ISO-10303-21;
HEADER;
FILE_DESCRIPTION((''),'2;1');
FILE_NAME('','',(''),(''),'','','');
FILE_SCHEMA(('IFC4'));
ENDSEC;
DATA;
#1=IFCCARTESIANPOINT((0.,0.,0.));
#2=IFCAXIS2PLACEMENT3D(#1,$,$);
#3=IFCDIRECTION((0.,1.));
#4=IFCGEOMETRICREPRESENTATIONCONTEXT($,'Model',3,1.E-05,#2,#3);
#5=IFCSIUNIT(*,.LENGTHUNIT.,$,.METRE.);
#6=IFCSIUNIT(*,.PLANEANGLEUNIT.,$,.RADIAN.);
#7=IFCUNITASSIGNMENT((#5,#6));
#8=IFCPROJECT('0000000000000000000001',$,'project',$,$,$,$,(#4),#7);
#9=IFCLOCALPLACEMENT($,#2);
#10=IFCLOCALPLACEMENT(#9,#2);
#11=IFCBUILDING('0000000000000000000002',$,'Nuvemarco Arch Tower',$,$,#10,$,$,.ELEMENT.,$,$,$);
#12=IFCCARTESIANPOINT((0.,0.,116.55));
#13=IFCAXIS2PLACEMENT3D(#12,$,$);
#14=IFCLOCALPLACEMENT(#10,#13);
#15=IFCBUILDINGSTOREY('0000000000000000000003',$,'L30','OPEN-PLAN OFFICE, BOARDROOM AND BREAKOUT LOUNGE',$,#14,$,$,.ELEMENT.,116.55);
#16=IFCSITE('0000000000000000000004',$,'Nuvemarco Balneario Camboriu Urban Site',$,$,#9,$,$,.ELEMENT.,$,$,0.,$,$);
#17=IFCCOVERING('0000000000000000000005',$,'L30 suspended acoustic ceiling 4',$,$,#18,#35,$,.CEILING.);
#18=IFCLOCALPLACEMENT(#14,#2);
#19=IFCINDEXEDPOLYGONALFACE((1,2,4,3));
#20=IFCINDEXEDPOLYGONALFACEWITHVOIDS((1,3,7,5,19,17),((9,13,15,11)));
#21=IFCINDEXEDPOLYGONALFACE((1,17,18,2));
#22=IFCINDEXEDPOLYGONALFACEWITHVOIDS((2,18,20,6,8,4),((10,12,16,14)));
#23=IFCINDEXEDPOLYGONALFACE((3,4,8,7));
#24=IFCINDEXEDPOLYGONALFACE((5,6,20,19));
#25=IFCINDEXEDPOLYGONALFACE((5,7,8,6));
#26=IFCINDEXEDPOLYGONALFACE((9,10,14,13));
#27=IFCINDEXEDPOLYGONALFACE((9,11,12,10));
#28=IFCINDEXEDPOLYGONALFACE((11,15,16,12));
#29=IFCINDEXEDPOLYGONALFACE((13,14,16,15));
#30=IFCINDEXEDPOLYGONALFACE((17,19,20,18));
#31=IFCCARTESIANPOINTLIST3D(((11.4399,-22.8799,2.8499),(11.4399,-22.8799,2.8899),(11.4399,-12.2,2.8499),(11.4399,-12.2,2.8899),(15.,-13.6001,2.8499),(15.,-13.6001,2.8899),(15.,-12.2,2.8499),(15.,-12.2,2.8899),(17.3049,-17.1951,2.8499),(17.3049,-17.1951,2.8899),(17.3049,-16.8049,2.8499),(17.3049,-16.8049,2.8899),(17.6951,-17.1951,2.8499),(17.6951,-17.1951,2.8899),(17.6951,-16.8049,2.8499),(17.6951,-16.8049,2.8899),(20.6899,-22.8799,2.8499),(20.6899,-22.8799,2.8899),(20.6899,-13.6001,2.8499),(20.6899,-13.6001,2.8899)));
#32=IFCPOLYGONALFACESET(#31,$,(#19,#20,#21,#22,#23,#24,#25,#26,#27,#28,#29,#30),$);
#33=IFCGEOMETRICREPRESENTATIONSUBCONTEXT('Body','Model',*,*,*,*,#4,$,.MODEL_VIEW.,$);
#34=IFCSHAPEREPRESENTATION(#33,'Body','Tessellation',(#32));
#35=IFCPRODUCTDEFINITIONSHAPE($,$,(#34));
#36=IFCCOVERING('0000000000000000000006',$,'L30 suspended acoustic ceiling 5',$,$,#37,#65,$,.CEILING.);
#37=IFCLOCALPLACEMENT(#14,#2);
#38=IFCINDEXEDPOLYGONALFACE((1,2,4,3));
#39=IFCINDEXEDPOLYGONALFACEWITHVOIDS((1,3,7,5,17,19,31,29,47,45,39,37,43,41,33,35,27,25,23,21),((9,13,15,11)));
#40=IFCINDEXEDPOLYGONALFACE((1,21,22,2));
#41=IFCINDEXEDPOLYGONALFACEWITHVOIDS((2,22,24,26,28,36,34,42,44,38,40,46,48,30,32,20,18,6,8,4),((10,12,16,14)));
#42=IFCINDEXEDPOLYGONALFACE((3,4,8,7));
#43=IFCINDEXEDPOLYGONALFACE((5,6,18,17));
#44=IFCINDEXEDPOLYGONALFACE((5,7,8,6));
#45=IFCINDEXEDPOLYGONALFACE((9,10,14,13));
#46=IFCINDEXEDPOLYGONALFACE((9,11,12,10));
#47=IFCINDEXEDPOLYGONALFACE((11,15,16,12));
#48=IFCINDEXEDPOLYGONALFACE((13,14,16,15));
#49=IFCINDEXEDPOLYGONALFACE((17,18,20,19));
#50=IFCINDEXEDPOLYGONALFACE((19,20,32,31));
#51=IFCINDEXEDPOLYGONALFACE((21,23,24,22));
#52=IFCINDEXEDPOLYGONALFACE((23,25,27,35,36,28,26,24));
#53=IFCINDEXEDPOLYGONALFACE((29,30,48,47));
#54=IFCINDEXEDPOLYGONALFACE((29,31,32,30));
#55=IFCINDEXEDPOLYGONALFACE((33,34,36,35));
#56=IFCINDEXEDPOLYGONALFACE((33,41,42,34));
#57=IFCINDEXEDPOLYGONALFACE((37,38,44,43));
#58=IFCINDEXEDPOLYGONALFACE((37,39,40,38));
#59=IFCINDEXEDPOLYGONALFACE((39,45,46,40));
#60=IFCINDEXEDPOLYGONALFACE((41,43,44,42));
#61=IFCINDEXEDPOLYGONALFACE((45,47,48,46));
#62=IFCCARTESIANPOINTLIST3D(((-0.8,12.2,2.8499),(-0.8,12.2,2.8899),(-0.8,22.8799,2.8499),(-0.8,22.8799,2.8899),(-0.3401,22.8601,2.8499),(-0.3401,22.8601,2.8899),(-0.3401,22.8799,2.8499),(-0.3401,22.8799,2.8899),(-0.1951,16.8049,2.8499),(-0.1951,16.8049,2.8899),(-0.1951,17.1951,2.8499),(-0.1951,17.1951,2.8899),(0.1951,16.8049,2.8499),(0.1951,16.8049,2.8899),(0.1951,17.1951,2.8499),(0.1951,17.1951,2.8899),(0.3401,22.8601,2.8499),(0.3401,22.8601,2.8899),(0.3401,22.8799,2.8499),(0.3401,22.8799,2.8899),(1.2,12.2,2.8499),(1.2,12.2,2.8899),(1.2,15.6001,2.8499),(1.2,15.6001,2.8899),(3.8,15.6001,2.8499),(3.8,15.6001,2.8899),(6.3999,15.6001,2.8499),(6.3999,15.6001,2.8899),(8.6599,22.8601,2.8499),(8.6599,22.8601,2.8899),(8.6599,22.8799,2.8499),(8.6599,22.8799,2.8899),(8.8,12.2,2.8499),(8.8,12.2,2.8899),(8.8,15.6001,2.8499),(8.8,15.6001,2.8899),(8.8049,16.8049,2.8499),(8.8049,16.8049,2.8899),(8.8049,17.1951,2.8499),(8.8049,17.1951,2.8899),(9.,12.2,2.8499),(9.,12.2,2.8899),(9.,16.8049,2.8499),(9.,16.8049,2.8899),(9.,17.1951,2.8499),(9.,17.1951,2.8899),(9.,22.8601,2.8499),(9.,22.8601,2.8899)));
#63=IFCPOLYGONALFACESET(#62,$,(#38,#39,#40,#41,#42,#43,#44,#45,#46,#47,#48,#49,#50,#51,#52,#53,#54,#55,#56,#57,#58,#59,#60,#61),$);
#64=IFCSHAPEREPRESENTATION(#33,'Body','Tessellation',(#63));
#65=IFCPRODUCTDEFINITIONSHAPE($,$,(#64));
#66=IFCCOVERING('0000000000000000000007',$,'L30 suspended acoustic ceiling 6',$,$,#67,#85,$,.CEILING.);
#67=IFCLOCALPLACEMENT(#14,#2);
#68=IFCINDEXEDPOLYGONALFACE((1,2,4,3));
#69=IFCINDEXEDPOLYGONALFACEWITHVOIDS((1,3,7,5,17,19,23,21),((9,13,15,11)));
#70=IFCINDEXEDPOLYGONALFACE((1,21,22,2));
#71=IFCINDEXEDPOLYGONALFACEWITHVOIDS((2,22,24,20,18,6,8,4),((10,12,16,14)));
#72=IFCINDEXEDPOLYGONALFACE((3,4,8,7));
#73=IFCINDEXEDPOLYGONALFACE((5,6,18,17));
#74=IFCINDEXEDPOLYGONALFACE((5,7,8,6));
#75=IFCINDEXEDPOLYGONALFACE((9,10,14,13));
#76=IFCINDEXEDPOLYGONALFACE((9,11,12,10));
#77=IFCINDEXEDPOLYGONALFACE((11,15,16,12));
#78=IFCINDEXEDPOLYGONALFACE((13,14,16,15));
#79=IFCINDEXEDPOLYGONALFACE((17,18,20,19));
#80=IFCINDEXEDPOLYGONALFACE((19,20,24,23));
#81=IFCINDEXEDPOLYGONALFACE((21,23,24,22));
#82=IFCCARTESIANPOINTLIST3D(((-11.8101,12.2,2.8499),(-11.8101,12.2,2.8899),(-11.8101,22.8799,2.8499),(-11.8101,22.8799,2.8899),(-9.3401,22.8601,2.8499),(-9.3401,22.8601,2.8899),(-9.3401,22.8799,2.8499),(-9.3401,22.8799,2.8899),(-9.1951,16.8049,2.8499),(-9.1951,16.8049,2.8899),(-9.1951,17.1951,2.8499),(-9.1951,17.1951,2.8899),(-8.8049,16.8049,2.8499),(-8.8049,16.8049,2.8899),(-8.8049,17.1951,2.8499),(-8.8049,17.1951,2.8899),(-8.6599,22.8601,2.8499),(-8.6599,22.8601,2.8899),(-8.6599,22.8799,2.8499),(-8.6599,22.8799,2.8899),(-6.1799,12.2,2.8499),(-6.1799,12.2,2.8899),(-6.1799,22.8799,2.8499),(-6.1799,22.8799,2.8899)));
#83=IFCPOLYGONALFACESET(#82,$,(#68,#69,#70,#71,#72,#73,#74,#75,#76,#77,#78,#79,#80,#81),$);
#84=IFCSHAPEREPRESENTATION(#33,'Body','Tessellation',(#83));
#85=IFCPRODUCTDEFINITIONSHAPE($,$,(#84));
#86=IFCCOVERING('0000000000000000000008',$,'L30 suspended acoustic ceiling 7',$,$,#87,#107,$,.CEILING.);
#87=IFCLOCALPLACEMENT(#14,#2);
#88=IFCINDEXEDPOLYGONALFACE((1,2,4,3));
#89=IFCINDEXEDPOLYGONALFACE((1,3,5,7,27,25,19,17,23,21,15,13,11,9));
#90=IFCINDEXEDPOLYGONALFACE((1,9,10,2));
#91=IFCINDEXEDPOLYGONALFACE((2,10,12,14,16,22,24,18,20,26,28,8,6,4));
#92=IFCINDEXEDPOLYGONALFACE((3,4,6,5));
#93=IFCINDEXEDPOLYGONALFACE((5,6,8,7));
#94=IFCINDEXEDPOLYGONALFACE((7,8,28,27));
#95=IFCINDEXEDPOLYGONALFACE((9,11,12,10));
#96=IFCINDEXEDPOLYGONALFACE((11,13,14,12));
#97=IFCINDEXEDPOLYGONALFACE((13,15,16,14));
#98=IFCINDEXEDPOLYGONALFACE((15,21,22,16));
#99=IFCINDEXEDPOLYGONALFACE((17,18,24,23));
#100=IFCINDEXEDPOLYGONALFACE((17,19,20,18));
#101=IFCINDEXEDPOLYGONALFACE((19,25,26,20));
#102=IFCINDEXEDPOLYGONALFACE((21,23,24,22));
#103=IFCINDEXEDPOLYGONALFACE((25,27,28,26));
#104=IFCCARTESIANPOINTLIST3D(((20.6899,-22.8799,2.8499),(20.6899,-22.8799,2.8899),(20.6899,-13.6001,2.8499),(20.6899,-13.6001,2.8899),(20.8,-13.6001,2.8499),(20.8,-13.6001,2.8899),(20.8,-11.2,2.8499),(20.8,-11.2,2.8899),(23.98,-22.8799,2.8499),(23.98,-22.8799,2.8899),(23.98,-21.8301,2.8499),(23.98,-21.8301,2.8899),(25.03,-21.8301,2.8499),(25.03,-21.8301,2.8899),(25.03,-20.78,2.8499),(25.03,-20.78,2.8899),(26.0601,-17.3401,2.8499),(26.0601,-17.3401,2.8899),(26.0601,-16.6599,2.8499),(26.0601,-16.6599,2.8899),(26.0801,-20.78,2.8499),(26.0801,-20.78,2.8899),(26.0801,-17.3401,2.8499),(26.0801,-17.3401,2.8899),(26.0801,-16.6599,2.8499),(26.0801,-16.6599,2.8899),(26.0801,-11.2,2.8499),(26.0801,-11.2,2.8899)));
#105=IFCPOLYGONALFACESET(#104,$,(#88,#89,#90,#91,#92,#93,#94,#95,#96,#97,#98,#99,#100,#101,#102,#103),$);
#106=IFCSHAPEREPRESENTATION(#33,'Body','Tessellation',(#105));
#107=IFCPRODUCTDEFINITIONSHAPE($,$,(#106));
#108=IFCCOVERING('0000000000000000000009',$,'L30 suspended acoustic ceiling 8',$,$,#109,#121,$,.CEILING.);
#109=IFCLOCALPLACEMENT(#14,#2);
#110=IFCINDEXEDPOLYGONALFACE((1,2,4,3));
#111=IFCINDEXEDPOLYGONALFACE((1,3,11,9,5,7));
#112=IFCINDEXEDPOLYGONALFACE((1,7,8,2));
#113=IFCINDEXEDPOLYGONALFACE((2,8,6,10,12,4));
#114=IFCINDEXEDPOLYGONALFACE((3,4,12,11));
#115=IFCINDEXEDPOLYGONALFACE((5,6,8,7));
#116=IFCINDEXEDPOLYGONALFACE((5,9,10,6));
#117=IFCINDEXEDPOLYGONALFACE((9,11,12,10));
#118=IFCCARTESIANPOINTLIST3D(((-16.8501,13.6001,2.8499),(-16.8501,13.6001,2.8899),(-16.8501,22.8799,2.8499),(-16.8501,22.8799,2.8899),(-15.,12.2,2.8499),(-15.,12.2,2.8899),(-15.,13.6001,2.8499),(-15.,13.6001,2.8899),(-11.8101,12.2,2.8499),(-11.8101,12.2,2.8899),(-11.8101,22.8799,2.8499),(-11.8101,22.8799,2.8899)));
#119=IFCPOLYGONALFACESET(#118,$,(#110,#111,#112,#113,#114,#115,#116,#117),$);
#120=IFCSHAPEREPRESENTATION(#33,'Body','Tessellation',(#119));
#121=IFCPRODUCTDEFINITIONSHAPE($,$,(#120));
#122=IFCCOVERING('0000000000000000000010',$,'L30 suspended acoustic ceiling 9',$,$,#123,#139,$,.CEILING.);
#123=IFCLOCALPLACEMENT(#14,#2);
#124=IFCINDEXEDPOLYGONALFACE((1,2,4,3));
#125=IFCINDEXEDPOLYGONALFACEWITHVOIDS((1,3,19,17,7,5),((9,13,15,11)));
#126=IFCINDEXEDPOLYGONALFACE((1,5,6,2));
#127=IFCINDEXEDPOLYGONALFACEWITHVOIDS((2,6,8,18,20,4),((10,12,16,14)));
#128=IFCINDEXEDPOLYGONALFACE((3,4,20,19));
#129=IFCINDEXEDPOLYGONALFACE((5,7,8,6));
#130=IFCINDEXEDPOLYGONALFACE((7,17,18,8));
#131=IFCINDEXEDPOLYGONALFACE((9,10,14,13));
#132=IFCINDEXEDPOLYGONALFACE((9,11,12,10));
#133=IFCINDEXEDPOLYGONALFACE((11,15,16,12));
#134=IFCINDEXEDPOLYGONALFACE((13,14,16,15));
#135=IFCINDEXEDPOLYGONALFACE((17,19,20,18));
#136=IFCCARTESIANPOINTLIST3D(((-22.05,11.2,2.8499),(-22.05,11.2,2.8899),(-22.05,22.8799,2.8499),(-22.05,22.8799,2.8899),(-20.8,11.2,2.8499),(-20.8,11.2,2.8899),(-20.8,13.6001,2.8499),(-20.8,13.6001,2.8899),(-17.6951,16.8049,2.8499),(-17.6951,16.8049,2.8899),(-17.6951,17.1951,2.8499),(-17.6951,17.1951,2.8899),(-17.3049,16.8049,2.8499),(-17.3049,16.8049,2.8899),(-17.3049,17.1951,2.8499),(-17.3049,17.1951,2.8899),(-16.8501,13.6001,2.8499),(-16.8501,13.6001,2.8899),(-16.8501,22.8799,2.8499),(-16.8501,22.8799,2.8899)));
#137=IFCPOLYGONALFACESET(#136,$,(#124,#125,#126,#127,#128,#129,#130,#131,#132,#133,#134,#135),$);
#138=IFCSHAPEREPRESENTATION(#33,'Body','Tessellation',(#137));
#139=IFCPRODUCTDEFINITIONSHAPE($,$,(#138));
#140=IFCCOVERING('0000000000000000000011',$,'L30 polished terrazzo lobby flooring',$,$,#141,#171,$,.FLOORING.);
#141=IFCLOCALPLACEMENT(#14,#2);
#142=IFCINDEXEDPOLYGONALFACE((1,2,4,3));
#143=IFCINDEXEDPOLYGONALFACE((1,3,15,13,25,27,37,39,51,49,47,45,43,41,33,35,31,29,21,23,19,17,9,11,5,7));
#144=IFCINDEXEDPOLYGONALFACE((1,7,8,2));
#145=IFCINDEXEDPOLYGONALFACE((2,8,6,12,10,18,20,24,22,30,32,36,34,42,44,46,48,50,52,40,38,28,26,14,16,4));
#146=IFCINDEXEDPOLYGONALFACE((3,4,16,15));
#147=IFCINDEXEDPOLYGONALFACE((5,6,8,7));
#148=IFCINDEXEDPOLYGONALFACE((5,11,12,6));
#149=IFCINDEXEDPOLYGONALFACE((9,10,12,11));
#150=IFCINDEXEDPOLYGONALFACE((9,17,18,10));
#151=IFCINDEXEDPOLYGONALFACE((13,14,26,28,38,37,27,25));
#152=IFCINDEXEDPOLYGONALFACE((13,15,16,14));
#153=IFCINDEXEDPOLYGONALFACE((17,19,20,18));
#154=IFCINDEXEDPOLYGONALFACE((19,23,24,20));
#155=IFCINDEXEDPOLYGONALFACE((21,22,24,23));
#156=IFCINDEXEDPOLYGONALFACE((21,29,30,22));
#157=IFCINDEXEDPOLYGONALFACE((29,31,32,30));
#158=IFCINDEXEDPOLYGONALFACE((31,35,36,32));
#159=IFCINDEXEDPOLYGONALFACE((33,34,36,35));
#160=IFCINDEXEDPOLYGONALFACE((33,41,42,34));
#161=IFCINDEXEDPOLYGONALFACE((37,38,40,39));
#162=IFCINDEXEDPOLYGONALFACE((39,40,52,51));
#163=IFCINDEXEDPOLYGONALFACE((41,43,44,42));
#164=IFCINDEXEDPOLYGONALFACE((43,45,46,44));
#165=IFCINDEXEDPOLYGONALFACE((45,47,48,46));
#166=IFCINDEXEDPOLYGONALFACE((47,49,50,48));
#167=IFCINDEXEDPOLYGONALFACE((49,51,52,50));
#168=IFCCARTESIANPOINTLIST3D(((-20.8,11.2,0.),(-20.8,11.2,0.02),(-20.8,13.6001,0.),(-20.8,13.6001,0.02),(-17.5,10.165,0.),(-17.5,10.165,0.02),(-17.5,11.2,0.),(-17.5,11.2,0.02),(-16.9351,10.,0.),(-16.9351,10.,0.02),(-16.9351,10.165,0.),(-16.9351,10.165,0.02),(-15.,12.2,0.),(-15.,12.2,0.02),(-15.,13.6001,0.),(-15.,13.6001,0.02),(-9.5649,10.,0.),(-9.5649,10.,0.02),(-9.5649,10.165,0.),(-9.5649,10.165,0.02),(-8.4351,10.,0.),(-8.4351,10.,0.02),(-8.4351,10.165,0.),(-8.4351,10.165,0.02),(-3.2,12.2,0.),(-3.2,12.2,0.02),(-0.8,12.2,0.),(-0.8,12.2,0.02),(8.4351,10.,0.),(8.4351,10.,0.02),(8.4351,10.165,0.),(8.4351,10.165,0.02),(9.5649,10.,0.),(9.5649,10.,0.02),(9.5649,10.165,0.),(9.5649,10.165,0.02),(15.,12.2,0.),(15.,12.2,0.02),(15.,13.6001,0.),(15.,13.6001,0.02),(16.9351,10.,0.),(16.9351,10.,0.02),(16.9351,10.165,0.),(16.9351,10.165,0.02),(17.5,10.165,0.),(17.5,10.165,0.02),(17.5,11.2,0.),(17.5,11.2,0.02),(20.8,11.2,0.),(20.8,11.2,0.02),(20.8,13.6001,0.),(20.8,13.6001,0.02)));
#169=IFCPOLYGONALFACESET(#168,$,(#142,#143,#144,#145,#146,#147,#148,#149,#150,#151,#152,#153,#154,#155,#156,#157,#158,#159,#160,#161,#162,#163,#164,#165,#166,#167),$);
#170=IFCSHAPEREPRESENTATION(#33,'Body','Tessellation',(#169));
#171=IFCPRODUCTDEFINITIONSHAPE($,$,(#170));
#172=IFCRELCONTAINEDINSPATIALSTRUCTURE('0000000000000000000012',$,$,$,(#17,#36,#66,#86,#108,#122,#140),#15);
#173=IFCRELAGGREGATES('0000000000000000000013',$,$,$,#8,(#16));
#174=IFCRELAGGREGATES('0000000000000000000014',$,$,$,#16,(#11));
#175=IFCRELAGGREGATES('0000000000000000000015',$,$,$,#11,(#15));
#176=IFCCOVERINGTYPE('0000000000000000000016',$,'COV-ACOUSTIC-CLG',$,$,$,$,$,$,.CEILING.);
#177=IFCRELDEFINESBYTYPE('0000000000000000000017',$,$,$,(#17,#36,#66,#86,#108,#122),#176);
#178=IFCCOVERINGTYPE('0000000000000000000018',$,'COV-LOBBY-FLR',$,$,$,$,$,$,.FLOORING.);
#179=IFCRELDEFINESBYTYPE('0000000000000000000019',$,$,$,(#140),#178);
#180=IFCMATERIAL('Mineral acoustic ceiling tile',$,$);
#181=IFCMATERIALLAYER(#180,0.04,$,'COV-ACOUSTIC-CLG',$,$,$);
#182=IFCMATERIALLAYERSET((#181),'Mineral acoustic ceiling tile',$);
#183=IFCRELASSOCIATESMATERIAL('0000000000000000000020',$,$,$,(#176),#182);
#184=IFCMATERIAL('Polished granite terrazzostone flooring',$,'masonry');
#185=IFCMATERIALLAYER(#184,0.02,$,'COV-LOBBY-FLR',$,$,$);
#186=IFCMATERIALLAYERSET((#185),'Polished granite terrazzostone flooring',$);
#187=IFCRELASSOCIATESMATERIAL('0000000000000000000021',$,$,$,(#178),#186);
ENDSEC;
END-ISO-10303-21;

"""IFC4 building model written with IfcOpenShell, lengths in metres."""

from ifc_helpers import new_model, si_unit, direction, frame, origin, place, context, subcontext, project, spatial, polyline, outline, extrude, material, layer, layer_set, type_object, element, save


model = new_model("IFC4")

# Units and contexts
model_context = context("Model", 3, precision=1e-05, world=origin(), true_north=direction((0.0, 1.0)))
body_context = subcontext(model_context, "Body", "Model", "MODEL_VIEW")
ifc_project = project(units=[si_unit("LENGTHUNIT", "METRE"), si_unit("PLANEANGLEUNIT", "RADIAN")], contexts=[model_context])

# Site, building, storey
site_placement = place(None, origin())
site = spatial("IfcSite", under=ifc_project, at=site_placement, Name="Nuvemarco Balneario Camboriu Urban Site", CompositionType="ELEMENT", RefElevation=0.0)
building_placement = place(site_placement, origin())
building = spatial("IfcBuilding", under=site, at=building_placement, Name="Nuvemarco Arch Tower", CompositionType="ELEMENT")
storey_placement = place(building_placement, frame((0.0, 0.0, 116.55)))
storey = spatial("IfcBuildingStorey", under=building, at=storey_placement, Name="L30", Description="OPEN-PLAN OFFICE, BOARDROOM AND BREAKOUT LOUNGE", CompositionType="ELEMENT", Elevation=116.55)

# Coverings
ifc_material_1 = material(Name="Mineral acoustic ceiling tile")
ifc_layer_1 = layer(ifc_material_1, 0.04, Name="COV-ACOUSTIC-CLG")
ifc_layer_set_1 = layer_set([ifc_layer_1], Name="Mineral acoustic ceiling tile")
covering_type_1 = type_object("IfcCoveringType", Name="COV-ACOUSTIC-CLG", PredefinedType="CEILING", material=ifc_layer_set_1)
covering_1_placement = place(storey_placement, frame((0.0, 0.0, 2.8499)))
element("IfcCovering", 1, at=covering_1_placement, inside=storey, type_object=covering_type_1, Name="L30 suspended acoustic ceiling 4", PredefinedType="CEILING", context=body_context, shape_type="SweptSolid", body=[
    extrude(outline(polyline([(20.6899, -13.6001), (20.6899, -22.8799), (11.4399, -22.8799), (11.4399, -12.2), (15.0, -12.2), (15.0, -13.6001), (20.6899, -13.6001)]), holes=[polyline([(17.6951, -17.1951), (17.6951, -16.8049), (17.3049, -16.8049), (17.3049, -17.1951), (17.6951, -17.1951)])]), origin(), (0.0, 0.0, 1.0), 0.04),
])
covering_2_placement = place(storey_placement, frame((0.0, 0.0, 2.8499)))
element("IfcCovering", 2, at=covering_2_placement, inside=storey, type_object=covering_type_1, Name="L30 suspended acoustic ceiling 5", PredefinedType="CEILING", context=body_context, shape_type="SweptSolid", body=[
    extrude(outline(polyline([(1.2, 15.6001), (1.2, 12.2), (-0.8, 12.2), (-0.8, 22.8799), (-0.3401, 22.8799), (-0.3401, 22.8601), (0.3401, 22.8601), (0.3401, 22.8799), (8.6599, 22.8799), (8.6599, 22.8601), (9.0, 22.8601), (9.0, 17.1951), (8.8049, 17.1951), (8.8049, 16.8049), (9.0, 16.8049), (9.0, 12.2), (8.8, 12.2), (8.8, 15.6001), (6.3999, 15.6001), (3.8, 15.6001), (1.2, 15.6001)]), holes=[polyline([(0.1951, 16.8049), (0.1951, 17.1951), (-0.1951, 17.1951), (-0.1951, 16.8049), (0.1951, 16.8049)])]), origin(), (0.0, 0.0, 1.0), 0.04),
])
covering_3_placement = place(storey_placement, frame((0.0, 0.0, 2.8499)))
element("IfcCovering", 3, at=covering_3_placement, inside=storey, type_object=covering_type_1, Name="L30 suspended acoustic ceiling 6", PredefinedType="CEILING", context=body_context, shape_type="SweptSolid", body=[
    extrude(outline(polyline([(-6.1799, 12.2), (-11.8101, 12.2), (-11.8101, 22.8799), (-9.3401, 22.8799), (-9.3401, 22.8601), (-8.6599, 22.8601), (-8.6599, 22.8799), (-6.1799, 22.8799), (-6.1799, 12.2)]), holes=[polyline([(-8.8049, 16.8049), (-8.8049, 17.1951), (-9.1951, 17.1951), (-9.1951, 16.8049), (-8.8049, 16.8049)])]), origin(), (0.0, 0.0, 1.0), 0.04),
])
covering_4_placement = place(storey_placement, frame((0.0, 0.0, 2.8499)))
element("IfcCovering", 4, at=covering_4_placement, inside=storey, type_object=covering_type_1, Name="L30 suspended acoustic ceiling 7", PredefinedType="CEILING", context=body_context, shape_type="SweptSolid", body=[
    extrude(outline(polyline([(23.98, -22.8799), (20.6899, -22.8799), (20.6899, -13.6001), (20.8, -13.6001), (20.8, -11.2), (26.0801, -11.2), (26.0801, -16.6599), (26.0601, -16.6599), (26.0601, -17.3401), (26.0801, -17.3401), (26.0801, -20.78), (25.03, -20.78), (25.03, -21.8301), (23.98, -21.8301), (23.98, -22.8799)])), origin(), (0.0, 0.0, 1.0), 0.04),
])
covering_5_placement = place(storey_placement, frame((0.0, 0.0, 2.8499)))
element("IfcCovering", 5, at=covering_5_placement, inside=storey, type_object=covering_type_1, Name="L30 suspended acoustic ceiling 8", PredefinedType="CEILING", context=body_context, shape_type="SweptSolid", body=[
    extrude(outline(polyline([(-11.8101, 22.8799), (-11.8101, 12.2), (-15.0, 12.2), (-15.0, 13.6001), (-16.8501, 13.6001), (-16.8501, 22.8799), (-11.8101, 22.8799)])), origin(), (0.0, 0.0, 1.0), 0.04),
])
covering_6_placement = place(storey_placement, frame((0.0, 0.0, 2.8499)))
element("IfcCovering", 6, at=covering_6_placement, inside=storey, type_object=covering_type_1, Name="L30 suspended acoustic ceiling 9", PredefinedType="CEILING", context=body_context, shape_type="SweptSolid", body=[
    extrude(outline(polyline([(-16.8501, 22.8799), (-16.8501, 13.6001), (-20.8, 13.6001), (-20.8, 11.2), (-22.05, 11.2), (-22.05, 22.8799), (-16.8501, 22.8799)]), holes=[polyline([(-17.3049, 16.8049), (-17.3049, 17.1951), (-17.6951, 17.1951), (-17.6951, 16.8049), (-17.3049, 16.8049)])]), origin(), (0.0, 0.0, 1.0), 0.04),
])
ifc_material_2 = material(Name="Polished granite terrazzostone flooring", Category="masonry")
ifc_layer_2 = layer(ifc_material_2, 0.02, Name="COV-LOBBY-FLR")
ifc_layer_set_2 = layer_set([ifc_layer_2], Name="Polished granite terrazzostone flooring")
covering_type_2 = type_object("IfcCoveringType", Name="COV-LOBBY-FLR", PredefinedType="FLOORING", material=ifc_layer_set_2)
covering_7_placement = place(storey_placement, origin())
element("IfcCovering", 7, at=covering_7_placement, inside=storey, type_object=covering_type_2, Name="L30 polished terrazzo lobby flooring", PredefinedType="FLOORING", context=body_context, shape_type="SweptSolid", body=[
    extrude(outline(polyline([(-8.4351, 10.165), (-9.5649, 10.165), (-9.5649, 10.0), (-16.9351, 10.0), (-16.9351, 10.165), (-17.5, 10.165), (-17.5, 11.2), (-20.8, 11.2), (-20.8, 13.6001), (-15.0, 13.6001), (-15.0, 12.2), (-3.2, 12.2), (-0.8, 12.2), (15.0, 12.2), (15.0, 13.6001), (20.8, 13.6001), (20.8, 11.2), (17.5, 11.2), (17.5, 10.165), (16.9351, 10.165), (16.9351, 10.0), (9.5649, 10.0), (9.5649, 10.165), (8.4351, 10.165), (8.4351, 10.0), (-8.4351, 10.0), (-8.4351, 10.165)])), origin(), (0.0, 0.0, 1.0), 0.02),
])

save(model, "model.ifc")
